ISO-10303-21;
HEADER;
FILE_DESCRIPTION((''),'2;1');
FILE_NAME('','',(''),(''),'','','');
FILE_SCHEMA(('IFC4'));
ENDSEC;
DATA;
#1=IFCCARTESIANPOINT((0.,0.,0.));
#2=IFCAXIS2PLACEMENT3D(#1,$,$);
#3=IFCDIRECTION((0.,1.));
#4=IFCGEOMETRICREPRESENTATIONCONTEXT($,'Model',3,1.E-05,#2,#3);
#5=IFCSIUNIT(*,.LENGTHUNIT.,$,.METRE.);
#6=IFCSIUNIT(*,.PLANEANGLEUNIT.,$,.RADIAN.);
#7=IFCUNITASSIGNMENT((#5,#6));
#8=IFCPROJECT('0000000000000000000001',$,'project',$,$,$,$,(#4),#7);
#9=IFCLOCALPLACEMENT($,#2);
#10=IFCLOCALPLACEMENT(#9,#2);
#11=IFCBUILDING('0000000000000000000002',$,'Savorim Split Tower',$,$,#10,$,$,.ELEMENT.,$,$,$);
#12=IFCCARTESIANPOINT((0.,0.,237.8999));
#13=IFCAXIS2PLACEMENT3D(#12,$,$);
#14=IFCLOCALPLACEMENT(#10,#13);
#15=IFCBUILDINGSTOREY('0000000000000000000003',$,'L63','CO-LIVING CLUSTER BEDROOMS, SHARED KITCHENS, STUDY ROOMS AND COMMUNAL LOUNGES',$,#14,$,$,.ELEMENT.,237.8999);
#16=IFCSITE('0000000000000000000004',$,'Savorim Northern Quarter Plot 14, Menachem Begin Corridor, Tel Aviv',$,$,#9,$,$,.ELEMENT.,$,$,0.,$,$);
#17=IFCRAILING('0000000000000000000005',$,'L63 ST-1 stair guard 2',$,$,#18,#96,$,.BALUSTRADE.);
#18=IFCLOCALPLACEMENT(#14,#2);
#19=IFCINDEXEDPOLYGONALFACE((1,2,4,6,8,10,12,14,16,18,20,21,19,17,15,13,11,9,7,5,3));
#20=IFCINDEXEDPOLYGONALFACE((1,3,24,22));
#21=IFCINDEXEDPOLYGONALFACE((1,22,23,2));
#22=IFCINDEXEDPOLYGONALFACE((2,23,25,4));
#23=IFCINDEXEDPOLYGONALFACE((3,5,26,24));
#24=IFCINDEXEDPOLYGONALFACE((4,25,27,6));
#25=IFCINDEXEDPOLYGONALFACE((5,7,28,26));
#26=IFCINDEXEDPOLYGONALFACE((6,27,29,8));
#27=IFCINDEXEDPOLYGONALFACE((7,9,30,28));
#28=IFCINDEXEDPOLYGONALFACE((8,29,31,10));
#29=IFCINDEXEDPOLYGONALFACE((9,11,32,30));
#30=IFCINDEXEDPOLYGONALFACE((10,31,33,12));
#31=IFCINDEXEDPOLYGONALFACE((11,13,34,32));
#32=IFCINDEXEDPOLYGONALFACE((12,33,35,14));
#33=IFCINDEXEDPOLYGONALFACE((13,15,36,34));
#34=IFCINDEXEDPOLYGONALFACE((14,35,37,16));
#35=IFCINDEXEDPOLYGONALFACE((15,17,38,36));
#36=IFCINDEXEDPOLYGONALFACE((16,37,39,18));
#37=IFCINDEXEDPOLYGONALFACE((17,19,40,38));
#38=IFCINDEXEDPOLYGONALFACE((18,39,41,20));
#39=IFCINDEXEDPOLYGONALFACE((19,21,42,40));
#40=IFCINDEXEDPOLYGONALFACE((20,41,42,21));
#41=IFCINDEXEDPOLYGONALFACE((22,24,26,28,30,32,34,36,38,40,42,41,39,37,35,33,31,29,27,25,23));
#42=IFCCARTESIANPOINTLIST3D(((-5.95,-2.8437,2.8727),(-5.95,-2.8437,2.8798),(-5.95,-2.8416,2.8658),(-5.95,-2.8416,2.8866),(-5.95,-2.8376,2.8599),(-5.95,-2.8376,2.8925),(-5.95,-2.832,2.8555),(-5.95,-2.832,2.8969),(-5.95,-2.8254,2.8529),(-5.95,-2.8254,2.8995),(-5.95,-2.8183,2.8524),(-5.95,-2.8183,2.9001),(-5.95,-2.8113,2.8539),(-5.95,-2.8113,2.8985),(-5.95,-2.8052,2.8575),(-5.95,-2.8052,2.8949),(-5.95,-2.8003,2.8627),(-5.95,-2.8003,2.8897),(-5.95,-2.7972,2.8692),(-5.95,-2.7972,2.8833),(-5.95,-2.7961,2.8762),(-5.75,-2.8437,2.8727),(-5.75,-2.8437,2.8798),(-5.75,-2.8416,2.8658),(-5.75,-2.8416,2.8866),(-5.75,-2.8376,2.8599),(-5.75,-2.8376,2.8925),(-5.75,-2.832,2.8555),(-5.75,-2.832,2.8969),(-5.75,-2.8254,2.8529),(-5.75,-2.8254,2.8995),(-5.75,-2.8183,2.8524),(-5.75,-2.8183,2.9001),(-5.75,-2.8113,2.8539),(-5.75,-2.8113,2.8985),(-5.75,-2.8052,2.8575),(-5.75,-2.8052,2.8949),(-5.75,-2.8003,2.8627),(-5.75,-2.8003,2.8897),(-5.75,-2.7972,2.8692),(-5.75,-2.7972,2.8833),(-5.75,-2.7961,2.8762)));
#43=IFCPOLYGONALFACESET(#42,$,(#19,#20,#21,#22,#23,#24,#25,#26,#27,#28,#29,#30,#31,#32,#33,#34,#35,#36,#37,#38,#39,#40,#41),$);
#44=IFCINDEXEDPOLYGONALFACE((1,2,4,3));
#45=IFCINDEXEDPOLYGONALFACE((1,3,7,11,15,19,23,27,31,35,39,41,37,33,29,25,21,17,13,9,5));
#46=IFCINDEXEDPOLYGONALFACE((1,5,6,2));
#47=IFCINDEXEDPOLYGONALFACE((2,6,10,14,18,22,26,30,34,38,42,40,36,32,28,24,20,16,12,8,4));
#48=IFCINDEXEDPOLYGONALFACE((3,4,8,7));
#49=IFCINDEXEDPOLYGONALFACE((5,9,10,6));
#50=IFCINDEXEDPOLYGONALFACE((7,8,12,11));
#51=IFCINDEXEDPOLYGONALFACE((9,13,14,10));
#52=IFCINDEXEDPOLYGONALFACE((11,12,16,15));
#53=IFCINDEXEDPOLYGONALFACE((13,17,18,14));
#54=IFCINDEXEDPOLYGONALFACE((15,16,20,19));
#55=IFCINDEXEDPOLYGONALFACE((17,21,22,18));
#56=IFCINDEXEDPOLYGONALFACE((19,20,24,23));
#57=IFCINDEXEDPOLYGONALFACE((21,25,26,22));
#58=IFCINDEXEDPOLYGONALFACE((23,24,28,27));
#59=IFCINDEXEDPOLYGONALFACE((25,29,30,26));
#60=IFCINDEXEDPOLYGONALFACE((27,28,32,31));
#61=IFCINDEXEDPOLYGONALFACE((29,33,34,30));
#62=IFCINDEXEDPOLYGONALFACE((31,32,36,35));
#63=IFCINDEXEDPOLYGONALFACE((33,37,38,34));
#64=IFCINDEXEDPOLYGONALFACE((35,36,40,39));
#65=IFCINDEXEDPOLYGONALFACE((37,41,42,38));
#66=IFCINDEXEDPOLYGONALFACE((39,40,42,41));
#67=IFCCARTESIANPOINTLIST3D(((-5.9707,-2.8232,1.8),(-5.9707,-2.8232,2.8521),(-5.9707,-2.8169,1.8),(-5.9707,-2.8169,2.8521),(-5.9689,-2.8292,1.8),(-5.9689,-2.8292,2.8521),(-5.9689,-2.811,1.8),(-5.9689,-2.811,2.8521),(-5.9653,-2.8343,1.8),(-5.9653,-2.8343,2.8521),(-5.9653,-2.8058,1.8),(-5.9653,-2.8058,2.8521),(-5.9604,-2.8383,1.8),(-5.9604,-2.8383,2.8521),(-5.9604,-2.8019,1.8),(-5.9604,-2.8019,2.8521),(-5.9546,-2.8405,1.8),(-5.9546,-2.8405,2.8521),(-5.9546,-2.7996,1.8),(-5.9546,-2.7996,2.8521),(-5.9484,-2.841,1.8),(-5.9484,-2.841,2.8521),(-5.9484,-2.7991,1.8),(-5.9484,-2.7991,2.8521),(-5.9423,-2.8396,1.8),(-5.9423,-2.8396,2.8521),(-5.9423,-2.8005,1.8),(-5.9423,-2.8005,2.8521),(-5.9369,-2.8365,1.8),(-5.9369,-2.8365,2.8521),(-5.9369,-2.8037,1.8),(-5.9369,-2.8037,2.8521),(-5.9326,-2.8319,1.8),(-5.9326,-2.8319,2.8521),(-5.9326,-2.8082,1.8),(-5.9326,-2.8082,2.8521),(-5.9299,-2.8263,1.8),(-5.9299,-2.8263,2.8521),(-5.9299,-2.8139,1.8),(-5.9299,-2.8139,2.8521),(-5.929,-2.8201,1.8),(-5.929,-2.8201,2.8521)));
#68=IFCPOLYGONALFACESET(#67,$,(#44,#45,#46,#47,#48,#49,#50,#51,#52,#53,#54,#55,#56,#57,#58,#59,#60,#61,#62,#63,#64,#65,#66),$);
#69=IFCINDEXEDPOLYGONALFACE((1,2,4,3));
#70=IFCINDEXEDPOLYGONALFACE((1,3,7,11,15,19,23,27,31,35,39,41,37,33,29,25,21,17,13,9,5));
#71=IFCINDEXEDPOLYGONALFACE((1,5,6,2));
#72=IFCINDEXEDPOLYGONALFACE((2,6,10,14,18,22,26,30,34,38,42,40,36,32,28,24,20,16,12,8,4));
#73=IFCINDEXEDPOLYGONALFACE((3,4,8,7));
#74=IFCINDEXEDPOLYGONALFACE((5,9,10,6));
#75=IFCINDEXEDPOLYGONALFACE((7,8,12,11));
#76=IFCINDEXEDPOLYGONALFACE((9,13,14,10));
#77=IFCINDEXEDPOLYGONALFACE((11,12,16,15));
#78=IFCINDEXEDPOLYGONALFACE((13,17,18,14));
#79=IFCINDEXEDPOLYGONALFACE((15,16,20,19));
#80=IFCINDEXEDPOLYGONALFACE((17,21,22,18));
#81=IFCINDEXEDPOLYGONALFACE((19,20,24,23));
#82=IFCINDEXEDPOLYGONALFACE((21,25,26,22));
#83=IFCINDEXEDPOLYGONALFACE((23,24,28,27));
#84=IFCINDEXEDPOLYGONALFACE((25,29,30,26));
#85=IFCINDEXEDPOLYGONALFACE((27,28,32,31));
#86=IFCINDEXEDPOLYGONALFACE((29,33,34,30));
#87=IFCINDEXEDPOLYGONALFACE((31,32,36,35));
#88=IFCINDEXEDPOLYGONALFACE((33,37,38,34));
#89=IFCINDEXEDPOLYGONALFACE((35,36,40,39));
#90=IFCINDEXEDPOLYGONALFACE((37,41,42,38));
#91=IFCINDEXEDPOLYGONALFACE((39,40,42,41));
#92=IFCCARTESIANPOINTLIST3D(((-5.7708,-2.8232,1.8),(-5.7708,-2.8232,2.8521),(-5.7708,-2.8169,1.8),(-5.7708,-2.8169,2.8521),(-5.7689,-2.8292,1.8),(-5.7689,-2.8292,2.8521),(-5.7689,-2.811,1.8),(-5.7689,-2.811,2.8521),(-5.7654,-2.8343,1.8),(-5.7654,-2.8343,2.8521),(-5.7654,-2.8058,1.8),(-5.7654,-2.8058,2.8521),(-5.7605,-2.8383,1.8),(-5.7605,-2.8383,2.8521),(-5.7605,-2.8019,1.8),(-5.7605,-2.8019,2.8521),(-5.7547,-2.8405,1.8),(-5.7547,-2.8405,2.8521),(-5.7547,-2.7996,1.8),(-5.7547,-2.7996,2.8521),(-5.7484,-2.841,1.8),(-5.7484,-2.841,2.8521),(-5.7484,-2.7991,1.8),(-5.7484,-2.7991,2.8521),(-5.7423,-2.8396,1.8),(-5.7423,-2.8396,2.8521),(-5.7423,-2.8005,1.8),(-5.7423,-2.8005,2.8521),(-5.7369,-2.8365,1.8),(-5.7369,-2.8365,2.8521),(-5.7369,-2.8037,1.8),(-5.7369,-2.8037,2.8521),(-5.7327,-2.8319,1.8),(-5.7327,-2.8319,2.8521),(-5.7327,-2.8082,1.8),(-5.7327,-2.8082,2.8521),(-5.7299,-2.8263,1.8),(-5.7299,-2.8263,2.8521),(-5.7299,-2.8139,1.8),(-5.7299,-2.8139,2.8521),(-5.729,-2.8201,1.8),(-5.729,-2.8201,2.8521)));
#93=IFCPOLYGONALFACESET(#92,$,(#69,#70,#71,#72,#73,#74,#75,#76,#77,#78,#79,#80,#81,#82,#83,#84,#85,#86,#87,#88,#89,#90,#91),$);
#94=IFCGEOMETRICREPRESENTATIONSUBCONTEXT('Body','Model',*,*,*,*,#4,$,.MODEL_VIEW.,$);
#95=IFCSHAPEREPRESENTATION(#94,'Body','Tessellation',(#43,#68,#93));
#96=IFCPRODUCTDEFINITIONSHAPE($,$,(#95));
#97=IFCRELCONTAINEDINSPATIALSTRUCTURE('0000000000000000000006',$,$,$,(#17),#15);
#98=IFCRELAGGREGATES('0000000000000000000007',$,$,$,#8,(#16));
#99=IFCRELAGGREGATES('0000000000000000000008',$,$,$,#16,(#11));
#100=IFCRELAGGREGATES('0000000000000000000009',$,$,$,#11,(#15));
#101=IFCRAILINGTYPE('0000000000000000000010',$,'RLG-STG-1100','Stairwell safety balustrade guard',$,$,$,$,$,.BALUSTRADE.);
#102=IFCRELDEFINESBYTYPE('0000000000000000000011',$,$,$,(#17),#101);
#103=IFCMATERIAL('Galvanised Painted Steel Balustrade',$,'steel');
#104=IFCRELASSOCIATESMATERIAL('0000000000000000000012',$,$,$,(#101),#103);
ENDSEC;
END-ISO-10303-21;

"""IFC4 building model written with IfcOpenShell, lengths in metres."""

from ifc_helpers import new_model, si_unit, direction, frame, origin, origin_2d, place, context, subcontext, project, spatial, circle, extrude, material, type_object, element, save


model = new_model("IFC4")

# Units and contexts
model_context = context("Model", 3, precision=1e-05, world=origin(), true_north=direction((0.0, 1.0)))
body_context = subcontext(model_context, "Body", "Model", "MODEL_VIEW")
ifc_project = project(units=[si_unit("LENGTHUNIT", "METRE"), si_unit("PLANEANGLEUNIT", "RADIAN")], contexts=[model_context])

# Site, building, storey
site_placement = place(None, origin())
site = spatial("IfcSite", under=ifc_project, at=site_placement, Name="Savorim Northern Quarter Plot 14, Menachem Begin Corridor, Tel Aviv", CompositionType="ELEMENT", RefElevation=0.0)
building_placement = place(site_placement, origin())
building = spatial("IfcBuilding", under=site, at=building_placement, Name="Savorim Split Tower", CompositionType="ELEMENT")
storey_placement = place(building_placement, frame((0.0, 0.0, 237.8999)))
storey = spatial("IfcBuildingStorey", under=building, at=storey_placement, Name="L63", Description="CO-LIVING CLUSTER BEDROOMS, SHARED KITCHENS, STUDY ROOMS AND COMMUNAL LOUNGES", CompositionType="ELEMENT", Elevation=237.8999)

# Railing
ifc_material_1 = material(Name="Galvanised Painted Steel Balustrade", Category="steel")
railing_type_1 = type_object("IfcRailingType", Name="RLG-STG-1100", Description="Stairwell safety balustrade guard", PredefinedType="BALUSTRADE", material=ifc_material_1)
railing_1_placement = place(storey_placement, frame((-5.95, -2.8201, 1.8)))
element("IfcRailing", 1, at=railing_1_placement, inside=storey, type_object=railing_type_1, Name="L63 ST-1 stair guard 2", PredefinedType="BALUSTRADE", context=body_context, shape_type="SweptSolid", body=[
    extrude(circle(Radius=0.0239, at=origin_2d()), frame((0.0, 0.0, 1.0762), z_axis=(1.0, 0.0, 0.0), x_axis=(0.0, 1.0, 0.0)), (0.0, 0.0, 1.0), 0.2),
    extrude(circle(Radius=0.021, at=origin_2d()), origin(), (0.0, 0.0, 1.0), 1.052),
    extrude(circle(Radius=0.021, at=origin_2d()), frame((0.2, 0.0, 0.0)), (0.0, 0.0, 1.0), 1.052),
])

save(model, "model.ifc")
